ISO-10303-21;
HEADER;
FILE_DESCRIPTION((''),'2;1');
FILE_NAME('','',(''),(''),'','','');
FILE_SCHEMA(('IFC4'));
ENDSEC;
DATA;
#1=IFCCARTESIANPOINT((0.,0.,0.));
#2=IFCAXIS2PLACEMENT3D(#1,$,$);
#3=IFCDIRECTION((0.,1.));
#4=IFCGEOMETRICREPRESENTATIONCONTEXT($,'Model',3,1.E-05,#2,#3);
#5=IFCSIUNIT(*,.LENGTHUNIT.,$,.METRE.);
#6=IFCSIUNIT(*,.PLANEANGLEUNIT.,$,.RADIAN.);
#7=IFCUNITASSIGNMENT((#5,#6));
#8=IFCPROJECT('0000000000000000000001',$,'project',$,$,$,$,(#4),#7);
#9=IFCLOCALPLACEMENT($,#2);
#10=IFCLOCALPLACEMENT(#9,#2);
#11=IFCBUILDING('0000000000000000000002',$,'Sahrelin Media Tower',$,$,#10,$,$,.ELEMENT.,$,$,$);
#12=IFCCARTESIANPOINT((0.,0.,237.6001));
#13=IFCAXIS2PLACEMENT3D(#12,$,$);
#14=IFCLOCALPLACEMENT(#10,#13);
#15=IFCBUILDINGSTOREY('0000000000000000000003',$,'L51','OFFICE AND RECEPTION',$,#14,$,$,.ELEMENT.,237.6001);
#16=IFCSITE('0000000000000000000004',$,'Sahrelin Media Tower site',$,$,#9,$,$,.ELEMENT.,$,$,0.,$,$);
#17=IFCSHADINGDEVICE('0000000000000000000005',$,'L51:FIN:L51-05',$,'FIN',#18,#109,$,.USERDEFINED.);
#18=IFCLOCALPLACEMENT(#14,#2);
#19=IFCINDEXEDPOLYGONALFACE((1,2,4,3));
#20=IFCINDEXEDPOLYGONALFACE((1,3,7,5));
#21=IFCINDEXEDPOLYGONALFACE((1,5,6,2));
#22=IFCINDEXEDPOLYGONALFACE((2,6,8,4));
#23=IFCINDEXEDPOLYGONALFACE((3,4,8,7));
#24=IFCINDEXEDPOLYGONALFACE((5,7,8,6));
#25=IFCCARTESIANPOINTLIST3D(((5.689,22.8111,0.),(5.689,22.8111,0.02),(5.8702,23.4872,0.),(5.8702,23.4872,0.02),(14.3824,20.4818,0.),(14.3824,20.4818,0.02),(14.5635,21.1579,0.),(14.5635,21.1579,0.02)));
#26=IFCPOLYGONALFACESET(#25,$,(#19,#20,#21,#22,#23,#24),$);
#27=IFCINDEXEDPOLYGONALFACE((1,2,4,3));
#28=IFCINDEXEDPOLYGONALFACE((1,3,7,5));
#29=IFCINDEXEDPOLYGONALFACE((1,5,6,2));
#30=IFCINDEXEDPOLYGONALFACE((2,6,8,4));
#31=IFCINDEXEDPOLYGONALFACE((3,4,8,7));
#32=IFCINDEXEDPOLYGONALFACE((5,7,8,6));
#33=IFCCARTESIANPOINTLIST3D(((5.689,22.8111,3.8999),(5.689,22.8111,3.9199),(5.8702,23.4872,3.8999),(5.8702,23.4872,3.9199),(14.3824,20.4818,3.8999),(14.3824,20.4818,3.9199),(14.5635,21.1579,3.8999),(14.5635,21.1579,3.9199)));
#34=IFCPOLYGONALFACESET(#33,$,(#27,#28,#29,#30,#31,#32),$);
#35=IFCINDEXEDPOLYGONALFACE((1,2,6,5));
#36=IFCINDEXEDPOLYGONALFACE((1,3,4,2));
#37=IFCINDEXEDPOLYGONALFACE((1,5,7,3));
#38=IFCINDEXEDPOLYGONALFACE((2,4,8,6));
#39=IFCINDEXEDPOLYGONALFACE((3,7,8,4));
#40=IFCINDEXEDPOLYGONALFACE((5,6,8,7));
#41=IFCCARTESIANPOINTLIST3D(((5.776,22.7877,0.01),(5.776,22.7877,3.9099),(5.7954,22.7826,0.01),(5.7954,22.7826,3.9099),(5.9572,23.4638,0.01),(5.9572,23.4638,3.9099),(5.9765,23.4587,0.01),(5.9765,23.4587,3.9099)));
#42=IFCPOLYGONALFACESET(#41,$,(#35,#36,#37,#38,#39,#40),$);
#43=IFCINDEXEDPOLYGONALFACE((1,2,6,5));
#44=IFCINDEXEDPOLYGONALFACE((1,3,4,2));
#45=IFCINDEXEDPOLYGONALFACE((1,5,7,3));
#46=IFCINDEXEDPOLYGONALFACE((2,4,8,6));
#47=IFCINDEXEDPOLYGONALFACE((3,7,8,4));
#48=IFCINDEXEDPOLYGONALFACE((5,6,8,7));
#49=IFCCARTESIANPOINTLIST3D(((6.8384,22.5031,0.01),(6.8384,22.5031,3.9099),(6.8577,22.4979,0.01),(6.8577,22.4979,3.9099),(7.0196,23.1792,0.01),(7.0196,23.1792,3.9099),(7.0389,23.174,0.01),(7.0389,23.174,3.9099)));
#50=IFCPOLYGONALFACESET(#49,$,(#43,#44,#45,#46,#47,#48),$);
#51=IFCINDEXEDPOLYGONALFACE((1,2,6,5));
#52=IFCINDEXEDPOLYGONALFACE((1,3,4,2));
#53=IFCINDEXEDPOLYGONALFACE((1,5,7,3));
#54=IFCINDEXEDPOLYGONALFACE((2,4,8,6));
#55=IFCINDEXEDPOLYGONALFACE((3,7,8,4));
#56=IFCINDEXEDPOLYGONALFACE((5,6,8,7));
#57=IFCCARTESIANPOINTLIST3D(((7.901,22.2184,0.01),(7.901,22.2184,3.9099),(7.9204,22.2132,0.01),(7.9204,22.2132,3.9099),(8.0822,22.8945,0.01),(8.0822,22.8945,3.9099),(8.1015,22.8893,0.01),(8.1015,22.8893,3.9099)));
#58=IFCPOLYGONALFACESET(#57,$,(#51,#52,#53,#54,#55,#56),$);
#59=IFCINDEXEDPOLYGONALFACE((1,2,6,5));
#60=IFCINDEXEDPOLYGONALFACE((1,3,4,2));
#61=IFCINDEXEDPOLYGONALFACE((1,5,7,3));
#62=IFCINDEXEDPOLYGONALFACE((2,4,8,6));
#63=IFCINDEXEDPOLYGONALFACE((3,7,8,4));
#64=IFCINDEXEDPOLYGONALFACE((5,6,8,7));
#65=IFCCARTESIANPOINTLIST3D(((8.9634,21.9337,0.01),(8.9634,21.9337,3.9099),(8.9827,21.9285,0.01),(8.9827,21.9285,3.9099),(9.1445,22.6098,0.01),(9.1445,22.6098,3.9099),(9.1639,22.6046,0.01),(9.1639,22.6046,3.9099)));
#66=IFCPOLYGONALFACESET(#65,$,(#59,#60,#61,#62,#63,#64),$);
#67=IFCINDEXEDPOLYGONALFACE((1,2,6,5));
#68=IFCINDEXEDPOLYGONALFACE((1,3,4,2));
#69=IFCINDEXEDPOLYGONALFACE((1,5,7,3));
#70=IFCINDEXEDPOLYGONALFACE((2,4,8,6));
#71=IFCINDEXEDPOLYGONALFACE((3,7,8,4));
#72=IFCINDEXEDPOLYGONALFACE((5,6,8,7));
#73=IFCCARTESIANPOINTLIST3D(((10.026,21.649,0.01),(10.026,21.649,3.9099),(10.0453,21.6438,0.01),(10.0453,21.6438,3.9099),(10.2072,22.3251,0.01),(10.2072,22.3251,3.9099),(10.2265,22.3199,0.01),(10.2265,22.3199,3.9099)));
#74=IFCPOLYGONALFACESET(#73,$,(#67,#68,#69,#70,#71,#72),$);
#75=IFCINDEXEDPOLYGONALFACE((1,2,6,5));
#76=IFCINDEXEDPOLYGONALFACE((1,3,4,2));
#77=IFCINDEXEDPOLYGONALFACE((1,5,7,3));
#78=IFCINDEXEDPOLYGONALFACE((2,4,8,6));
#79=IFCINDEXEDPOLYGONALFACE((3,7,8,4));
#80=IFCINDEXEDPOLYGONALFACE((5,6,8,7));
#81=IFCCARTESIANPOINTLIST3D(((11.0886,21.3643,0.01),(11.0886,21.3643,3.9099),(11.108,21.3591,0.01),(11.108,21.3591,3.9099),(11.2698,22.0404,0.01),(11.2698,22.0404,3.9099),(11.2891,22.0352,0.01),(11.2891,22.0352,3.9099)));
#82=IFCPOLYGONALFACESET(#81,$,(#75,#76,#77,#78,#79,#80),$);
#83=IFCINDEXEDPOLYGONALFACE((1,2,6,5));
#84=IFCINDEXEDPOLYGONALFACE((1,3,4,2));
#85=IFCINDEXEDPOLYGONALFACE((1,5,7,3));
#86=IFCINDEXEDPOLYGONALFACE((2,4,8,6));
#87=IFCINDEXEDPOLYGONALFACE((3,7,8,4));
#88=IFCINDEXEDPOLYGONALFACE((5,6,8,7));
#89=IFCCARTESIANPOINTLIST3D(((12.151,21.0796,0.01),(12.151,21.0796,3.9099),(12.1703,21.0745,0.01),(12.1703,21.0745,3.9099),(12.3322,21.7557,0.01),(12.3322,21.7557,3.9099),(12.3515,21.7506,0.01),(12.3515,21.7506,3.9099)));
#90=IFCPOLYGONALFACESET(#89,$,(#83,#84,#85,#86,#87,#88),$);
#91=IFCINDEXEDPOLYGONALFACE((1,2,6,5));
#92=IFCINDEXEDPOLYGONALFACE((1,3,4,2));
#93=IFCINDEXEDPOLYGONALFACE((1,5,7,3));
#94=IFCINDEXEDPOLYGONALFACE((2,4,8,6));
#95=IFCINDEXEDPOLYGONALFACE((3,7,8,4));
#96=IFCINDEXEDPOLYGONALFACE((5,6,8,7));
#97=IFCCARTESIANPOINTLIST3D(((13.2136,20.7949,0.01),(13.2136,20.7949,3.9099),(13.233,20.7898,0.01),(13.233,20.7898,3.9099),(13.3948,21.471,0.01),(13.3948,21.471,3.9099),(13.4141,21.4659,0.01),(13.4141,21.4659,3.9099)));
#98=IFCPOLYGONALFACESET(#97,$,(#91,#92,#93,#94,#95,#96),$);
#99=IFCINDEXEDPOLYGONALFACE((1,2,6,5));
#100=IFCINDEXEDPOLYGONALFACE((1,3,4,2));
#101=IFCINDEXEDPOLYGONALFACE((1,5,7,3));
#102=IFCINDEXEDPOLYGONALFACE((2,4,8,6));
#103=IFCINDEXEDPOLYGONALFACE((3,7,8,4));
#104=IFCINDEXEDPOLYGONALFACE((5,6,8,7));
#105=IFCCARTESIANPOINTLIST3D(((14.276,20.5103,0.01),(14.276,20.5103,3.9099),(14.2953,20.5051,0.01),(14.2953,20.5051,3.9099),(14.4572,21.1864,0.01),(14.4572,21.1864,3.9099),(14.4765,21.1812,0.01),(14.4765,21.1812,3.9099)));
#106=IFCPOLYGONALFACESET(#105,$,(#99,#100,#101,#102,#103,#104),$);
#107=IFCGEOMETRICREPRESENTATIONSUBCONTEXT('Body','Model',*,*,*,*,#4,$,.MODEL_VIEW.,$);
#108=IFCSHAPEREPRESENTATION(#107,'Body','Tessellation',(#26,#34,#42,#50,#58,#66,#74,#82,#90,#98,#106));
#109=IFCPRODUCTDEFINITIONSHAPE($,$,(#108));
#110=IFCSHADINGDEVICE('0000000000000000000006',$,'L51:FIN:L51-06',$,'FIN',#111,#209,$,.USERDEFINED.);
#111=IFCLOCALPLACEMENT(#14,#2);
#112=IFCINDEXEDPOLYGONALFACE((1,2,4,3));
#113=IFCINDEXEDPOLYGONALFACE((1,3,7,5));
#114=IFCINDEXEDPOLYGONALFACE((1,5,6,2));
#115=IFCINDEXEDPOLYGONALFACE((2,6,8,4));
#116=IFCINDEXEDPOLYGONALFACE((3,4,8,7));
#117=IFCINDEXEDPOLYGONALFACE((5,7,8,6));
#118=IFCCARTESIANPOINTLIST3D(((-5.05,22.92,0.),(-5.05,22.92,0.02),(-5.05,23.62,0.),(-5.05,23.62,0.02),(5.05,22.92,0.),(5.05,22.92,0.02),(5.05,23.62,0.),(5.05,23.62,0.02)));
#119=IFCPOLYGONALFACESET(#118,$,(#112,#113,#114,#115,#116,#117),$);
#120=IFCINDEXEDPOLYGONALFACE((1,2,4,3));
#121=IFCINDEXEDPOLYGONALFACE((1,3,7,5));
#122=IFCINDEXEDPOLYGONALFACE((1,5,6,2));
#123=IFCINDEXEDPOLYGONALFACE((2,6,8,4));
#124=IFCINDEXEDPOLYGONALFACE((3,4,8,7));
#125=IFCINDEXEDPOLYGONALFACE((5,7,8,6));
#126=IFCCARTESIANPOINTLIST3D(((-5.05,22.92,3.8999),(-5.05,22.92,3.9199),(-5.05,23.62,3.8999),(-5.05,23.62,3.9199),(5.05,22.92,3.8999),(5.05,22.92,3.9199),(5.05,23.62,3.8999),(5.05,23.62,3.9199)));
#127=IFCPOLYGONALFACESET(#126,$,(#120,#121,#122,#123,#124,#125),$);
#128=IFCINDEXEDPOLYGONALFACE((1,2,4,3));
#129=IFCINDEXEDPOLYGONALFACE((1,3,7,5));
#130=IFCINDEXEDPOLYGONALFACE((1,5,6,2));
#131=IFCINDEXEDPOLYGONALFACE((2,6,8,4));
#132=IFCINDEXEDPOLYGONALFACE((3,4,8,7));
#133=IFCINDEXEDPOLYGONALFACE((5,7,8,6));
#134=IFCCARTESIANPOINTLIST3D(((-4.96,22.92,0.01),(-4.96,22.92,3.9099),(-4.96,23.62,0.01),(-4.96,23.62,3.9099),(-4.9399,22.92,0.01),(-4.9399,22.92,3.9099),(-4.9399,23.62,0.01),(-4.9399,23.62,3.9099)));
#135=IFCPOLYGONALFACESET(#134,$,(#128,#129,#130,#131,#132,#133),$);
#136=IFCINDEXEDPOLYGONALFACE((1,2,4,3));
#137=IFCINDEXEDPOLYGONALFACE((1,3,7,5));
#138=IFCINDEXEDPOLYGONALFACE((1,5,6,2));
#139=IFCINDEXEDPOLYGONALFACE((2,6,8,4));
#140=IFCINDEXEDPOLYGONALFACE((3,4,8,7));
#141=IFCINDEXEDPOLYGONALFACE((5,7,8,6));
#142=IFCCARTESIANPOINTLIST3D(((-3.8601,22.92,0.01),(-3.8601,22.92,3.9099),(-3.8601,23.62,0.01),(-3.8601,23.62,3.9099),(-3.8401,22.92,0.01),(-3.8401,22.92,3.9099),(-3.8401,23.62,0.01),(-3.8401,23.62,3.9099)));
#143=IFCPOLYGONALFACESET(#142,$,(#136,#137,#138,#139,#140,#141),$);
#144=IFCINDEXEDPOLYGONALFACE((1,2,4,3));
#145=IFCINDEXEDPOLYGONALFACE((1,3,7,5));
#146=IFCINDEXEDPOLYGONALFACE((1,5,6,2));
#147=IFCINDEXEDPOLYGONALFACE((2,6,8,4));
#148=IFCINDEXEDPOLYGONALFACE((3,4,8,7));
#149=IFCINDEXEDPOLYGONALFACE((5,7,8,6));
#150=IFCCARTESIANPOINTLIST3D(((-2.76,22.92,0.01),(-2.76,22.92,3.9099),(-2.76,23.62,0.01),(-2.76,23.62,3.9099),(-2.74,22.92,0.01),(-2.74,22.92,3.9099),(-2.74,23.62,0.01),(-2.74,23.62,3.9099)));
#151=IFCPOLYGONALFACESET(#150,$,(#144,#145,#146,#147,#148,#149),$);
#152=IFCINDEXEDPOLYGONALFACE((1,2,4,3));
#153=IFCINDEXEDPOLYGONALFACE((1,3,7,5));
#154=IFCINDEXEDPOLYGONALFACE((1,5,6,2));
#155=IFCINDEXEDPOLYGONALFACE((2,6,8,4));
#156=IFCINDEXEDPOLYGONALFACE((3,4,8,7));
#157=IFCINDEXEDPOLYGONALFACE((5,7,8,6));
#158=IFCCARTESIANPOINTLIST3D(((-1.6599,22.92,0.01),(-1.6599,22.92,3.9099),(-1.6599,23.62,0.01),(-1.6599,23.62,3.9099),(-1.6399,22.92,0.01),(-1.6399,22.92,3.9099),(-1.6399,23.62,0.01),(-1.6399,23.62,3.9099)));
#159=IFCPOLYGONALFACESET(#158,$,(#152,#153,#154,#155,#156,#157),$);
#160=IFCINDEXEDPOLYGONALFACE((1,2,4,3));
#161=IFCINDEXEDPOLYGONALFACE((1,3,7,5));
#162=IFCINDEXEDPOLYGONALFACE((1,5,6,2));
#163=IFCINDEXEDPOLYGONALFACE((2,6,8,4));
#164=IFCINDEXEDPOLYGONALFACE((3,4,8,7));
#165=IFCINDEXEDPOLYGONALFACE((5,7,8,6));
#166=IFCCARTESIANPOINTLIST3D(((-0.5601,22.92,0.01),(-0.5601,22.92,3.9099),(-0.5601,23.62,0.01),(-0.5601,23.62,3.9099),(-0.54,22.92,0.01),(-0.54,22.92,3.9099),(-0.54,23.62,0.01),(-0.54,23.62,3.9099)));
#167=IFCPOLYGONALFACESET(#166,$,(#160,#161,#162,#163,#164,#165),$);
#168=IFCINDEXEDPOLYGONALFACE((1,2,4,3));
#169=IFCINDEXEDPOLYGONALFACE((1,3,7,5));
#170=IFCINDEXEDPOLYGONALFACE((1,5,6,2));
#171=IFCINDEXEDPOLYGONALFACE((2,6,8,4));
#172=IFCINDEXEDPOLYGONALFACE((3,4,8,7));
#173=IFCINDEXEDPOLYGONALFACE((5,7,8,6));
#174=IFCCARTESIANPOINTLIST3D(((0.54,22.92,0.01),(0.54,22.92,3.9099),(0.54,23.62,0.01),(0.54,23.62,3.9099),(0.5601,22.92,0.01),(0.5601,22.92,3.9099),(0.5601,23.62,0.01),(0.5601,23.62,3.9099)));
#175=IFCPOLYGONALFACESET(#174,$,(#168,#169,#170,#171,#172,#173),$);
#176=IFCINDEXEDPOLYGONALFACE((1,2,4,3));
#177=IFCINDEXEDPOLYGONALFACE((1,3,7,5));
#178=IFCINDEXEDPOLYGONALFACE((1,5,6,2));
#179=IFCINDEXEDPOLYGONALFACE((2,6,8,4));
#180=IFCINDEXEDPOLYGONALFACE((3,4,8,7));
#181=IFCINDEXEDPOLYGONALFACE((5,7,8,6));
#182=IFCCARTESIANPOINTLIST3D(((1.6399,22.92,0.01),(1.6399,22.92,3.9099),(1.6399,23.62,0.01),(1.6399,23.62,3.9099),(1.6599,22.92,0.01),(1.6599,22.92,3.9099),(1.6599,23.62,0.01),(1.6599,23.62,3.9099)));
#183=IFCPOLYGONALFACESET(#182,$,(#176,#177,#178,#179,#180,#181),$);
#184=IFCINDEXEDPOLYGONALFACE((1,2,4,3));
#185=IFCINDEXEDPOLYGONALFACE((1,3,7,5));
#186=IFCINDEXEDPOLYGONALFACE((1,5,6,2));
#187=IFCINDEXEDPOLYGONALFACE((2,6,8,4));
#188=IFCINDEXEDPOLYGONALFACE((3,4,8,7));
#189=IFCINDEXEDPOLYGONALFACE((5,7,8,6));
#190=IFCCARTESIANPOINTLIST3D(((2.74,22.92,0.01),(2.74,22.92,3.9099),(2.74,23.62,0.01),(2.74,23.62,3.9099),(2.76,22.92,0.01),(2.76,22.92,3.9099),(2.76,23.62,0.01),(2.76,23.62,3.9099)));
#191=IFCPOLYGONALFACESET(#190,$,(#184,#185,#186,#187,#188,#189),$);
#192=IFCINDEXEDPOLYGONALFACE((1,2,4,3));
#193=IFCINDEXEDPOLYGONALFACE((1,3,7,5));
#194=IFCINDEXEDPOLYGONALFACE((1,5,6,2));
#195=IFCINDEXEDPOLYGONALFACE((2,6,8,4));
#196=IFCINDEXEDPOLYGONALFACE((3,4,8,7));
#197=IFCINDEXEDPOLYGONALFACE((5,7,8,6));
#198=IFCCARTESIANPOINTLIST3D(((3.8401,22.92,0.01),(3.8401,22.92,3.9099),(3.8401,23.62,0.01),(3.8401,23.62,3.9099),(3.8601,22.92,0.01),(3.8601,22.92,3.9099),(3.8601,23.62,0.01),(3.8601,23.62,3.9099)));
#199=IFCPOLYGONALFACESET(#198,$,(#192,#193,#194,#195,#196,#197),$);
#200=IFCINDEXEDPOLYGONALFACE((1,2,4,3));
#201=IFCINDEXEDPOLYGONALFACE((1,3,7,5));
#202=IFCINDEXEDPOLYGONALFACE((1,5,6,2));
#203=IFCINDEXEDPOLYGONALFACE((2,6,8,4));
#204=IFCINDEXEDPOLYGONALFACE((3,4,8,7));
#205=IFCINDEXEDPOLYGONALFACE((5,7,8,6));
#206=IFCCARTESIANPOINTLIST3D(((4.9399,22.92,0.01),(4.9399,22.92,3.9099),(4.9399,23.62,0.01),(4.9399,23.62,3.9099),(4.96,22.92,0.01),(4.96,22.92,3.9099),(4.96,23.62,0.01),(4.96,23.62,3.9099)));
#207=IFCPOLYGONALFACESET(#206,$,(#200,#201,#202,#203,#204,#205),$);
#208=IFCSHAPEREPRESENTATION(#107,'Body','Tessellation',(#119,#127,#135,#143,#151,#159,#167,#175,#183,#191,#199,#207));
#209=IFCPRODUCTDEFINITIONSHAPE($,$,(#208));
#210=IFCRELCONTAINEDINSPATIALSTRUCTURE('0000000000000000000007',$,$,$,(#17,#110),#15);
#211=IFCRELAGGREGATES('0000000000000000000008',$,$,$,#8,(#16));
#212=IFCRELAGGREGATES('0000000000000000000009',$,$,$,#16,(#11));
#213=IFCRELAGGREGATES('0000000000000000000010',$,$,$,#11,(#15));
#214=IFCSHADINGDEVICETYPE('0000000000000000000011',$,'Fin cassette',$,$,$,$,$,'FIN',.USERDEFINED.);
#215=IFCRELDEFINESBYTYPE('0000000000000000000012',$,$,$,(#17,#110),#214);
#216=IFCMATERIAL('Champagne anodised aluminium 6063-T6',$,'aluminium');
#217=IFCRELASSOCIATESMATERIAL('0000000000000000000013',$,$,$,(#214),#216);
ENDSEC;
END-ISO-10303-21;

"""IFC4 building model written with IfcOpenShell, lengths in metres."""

from ifc_helpers import new_model, si_unit, direction, frame, origin, origin_2d, place, context, subcontext, project, spatial, rectangle, extrude, material, type_object, element, save


model = new_model("IFC4")

# Units and contexts
model_context = context("Model", 3, precision=1e-05, world=origin(), true_north=direction((0.0, 1.0)))
body_context = subcontext(model_context, "Body", "Model", "MODEL_VIEW")
ifc_project = project(units=[si_unit("LENGTHUNIT", "METRE"), si_unit("PLANEANGLEUNIT", "RADIAN")], contexts=[model_context])

# Site, building, storey
site_placement = place(None, origin())
site = spatial("IfcSite", under=ifc_project, at=site_placement, Name="Sahrelin Media Tower site", CompositionType="ELEMENT", RefElevation=0.0)
building_placement = place(site_placement, origin())
building = spatial("IfcBuilding", under=site, at=building_placement, Name="Sahrelin Media Tower", CompositionType="ELEMENT")
storey_placement = place(building_placement, frame((0.0, 0.0, 237.6001)))
storey = spatial("IfcBuildingStorey", under=building, at=storey_placement, Name="L51", Description="OFFICE AND RECEPTION", CompositionType="ELEMENT", Elevation=237.6001)

# Shared definitions
ifc_material_1 = material(Name="Champagne anodised aluminium 6063-T6", Category="aluminium")

# Shared definitions
placement_1 = place(storey_placement, frame((0.0, 22.8501, 0.0), z_axis=(0.0, 0.0, 1.0), x_axis=(1.0, 0.0, 0.0)))

# Shading devices
shading_device_type_1 = type_object("IfcShadingDeviceType", Name="Fin cassette", ElementType="FIN", PredefinedType="USERDEFINED", material=ifc_material_1)
placement_2 = place(storey_placement, frame((10.0176, 21.5789, 0.0), z_axis=(0.0, 0.0, 1.0), x_axis=(0.965929, -0.258808, 0.0)))
element("IfcShadingDevice", 1, at=placement_2, inside=storey, type_object=shading_device_type_1, Name="L51:FIN:L51-05", ObjectType="FIN", PredefinedType="USERDEFINED", context=body_context, shape_type="SweptSolid", body=[
    extrude(rectangle(XDim=9.0, YDim=0.7, at=origin_2d()), frame((0.0, 0.4199, 0.0)), (0.0, 0.0, 1.0), 0.02),
    extrude(rectangle(XDim=9.0, YDim=0.7, at=origin_2d()), frame((0.0, 0.4199, 3.8999)), (0.0, 0.0, 1.0), 0.02),
    extrude(rectangle(XDim=0.02, YDim=0.7, at=origin_2d()), frame((-4.3999, 0.4199, 0.01), z_axis=(0.0, 0.0, 1.0), x_axis=(1.0, 0.0, 0.0)), (0.0, 0.0, 1.0), 3.8999),
    extrude(rectangle(XDim=0.02, YDim=0.7, at=origin_2d()), frame((-3.3, 0.4199, 0.01), z_axis=(0.0, 0.0, 1.0), x_axis=(1.0, 0.0, 0.0)), (0.0, 0.0, 1.0), 3.8999),
    extrude(rectangle(XDim=0.02, YDim=0.7, at=origin_2d()), frame((-2.2, 0.4199, 0.01), z_axis=(0.0, 0.0, 1.0), x_axis=(1.0, 0.0, 0.0)), (0.0, 0.0, 1.0), 3.8999),
    extrude(rectangle(XDim=0.02, YDim=0.7, at=origin_2d()), frame((-1.1001, 0.4199, 0.01), z_axis=(0.0, 0.0, 1.0), x_axis=(1.0, 0.0, 0.0)), (0.0, 0.0, 1.0), 3.8999),
    extrude(rectangle(XDim=0.02, YDim=0.7, at=origin_2d()), frame((0.0, 0.4199, 0.01), z_axis=(0.0, 0.0, 1.0), x_axis=(1.0, 0.0, 0.0)), (0.0, 0.0, 1.0), 3.8999),
    extrude(rectangle(XDim=0.02, YDim=0.7, at=origin_2d()), frame((1.1001, 0.4199, 0.01), z_axis=(0.0, 0.0, 1.0), x_axis=(1.0, 0.0, 0.0)), (0.0, 0.0, 1.0), 3.8999),
    extrude(rectangle(XDim=0.02, YDim=0.7, at=origin_2d()), frame((2.2, 0.4199, 0.01), z_axis=(0.0, 0.0, 1.0), x_axis=(1.0, 0.0, 0.0)), (0.0, 0.0, 1.0), 3.8999),
    extrude(rectangle(XDim=0.02, YDim=0.7, at=origin_2d()), frame((3.3, 0.4199, 0.01), z_axis=(0.0, 0.0, 1.0), x_axis=(1.0, 0.0, 0.0)), (0.0, 0.0, 1.0), 3.8999),
    extrude(rectangle(XDim=0.02, YDim=0.7, at=origin_2d()), frame((4.3999, 0.4199, 0.01), z_axis=(0.0, 0.0, 1.0), x_axis=(1.0, 0.0, 0.0)), (0.0, 0.0, 1.0), 3.8999),
])
element("IfcShadingDevice", 2, at=placement_1, inside=storey, type_object=shading_device_type_1, Name="L51:FIN:L51-06", ObjectType="FIN", PredefinedType="USERDEFINED", context=body_context, shape_type="SweptSolid", body=[
    extrude(rectangle(XDim=10.1001, YDim=0.7, at=origin_2d()), frame((0.0, 0.4199, 0.0)), (0.0, 0.0, 1.0), 0.02),
    extrude(rectangle(XDim=10.1001, YDim=0.7, at=origin_2d()), frame((0.0, 0.4199, 3.8999)), (0.0, 0.0, 1.0), 0.02),
    extrude(rectangle(XDim=0.02, YDim=0.7, at=origin_2d()), frame((-4.95, 0.4199, 0.01), z_axis=(0.0, 0.0, 1.0), x_axis=(1.0, 0.0, 0.0)), (0.0, 0.0, 1.0), 3.8999),
    extrude(rectangle(XDim=0.02, YDim=0.7, at=origin_2d()), frame((-3.8501, 0.4199, 0.01), z_axis=(0.0, 0.0, 1.0), x_axis=(1.0, 0.0, 0.0)), (0.0, 0.0, 1.0), 3.8999),
    extrude(rectangle(XDim=0.02, YDim=0.7, at=origin_2d()), frame((-2.75, 0.4199, 0.01), z_axis=(0.0, 0.0, 1.0), x_axis=(1.0, 0.0, 0.0)), (0.0, 0.0, 1.0), 3.8999),
    extrude(rectangle(XDim=0.02, YDim=0.7, at=origin_2d()), frame((-1.6499, 0.4199, 0.01), z_axis=(0.0, 0.0, 1.0), x_axis=(1.0, 0.0, 0.0)), (0.0, 0.0, 1.0), 3.8999),
    extrude(rectangle(XDim=0.02, YDim=0.7, at=origin_2d()), frame((-0.55, 0.4199, 0.01), z_axis=(0.0, 0.0, 1.0), x_axis=(1.0, 0.0, 0.0)), (0.0, 0.0, 1.0), 3.8999),
    extrude(rectangle(XDim=0.02, YDim=0.7, at=origin_2d()), frame((0.55, 0.4199, 0.01), z_axis=(0.0, 0.0, 1.0), x_axis=(1.0, 0.0, 0.0)), (0.0, 0.0, 1.0), 3.8999),
    extrude(rectangle(XDim=0.02, YDim=0.7, at=origin_2d()), frame((1.6499, 0.4199, 0.01), z_axis=(0.0, 0.0, 1.0), x_axis=(1.0, 0.0, 0.0)), (0.0, 0.0, 1.0), 3.8999),
    extrude(rectangle(XDim=0.02, YDim=0.7, at=origin_2d()), frame((2.75, 0.4199, 0.01), z_axis=(0.0, 0.0, 1.0), x_axis=(1.0, 0.0, 0.0)), (0.0, 0.0, 1.0), 3.8999),
    extrude(rectangle(XDim=0.02, YDim=0.7, at=origin_2d()), frame((3.8501, 0.4199, 0.01), z_axis=(0.0, 0.0, 1.0), x_axis=(1.0, 0.0, 0.0)), (0.0, 0.0, 1.0), 3.8999),
    extrude(rectangle(XDim=0.02, YDim=0.7, at=origin_2d()), frame((4.95, 0.4199, 0.01), z_axis=(0.0, 0.0, 1.0), x_axis=(1.0, 0.0, 0.0)), (0.0, 0.0, 1.0), 3.8999),
])

save(model, "model.ifc")
